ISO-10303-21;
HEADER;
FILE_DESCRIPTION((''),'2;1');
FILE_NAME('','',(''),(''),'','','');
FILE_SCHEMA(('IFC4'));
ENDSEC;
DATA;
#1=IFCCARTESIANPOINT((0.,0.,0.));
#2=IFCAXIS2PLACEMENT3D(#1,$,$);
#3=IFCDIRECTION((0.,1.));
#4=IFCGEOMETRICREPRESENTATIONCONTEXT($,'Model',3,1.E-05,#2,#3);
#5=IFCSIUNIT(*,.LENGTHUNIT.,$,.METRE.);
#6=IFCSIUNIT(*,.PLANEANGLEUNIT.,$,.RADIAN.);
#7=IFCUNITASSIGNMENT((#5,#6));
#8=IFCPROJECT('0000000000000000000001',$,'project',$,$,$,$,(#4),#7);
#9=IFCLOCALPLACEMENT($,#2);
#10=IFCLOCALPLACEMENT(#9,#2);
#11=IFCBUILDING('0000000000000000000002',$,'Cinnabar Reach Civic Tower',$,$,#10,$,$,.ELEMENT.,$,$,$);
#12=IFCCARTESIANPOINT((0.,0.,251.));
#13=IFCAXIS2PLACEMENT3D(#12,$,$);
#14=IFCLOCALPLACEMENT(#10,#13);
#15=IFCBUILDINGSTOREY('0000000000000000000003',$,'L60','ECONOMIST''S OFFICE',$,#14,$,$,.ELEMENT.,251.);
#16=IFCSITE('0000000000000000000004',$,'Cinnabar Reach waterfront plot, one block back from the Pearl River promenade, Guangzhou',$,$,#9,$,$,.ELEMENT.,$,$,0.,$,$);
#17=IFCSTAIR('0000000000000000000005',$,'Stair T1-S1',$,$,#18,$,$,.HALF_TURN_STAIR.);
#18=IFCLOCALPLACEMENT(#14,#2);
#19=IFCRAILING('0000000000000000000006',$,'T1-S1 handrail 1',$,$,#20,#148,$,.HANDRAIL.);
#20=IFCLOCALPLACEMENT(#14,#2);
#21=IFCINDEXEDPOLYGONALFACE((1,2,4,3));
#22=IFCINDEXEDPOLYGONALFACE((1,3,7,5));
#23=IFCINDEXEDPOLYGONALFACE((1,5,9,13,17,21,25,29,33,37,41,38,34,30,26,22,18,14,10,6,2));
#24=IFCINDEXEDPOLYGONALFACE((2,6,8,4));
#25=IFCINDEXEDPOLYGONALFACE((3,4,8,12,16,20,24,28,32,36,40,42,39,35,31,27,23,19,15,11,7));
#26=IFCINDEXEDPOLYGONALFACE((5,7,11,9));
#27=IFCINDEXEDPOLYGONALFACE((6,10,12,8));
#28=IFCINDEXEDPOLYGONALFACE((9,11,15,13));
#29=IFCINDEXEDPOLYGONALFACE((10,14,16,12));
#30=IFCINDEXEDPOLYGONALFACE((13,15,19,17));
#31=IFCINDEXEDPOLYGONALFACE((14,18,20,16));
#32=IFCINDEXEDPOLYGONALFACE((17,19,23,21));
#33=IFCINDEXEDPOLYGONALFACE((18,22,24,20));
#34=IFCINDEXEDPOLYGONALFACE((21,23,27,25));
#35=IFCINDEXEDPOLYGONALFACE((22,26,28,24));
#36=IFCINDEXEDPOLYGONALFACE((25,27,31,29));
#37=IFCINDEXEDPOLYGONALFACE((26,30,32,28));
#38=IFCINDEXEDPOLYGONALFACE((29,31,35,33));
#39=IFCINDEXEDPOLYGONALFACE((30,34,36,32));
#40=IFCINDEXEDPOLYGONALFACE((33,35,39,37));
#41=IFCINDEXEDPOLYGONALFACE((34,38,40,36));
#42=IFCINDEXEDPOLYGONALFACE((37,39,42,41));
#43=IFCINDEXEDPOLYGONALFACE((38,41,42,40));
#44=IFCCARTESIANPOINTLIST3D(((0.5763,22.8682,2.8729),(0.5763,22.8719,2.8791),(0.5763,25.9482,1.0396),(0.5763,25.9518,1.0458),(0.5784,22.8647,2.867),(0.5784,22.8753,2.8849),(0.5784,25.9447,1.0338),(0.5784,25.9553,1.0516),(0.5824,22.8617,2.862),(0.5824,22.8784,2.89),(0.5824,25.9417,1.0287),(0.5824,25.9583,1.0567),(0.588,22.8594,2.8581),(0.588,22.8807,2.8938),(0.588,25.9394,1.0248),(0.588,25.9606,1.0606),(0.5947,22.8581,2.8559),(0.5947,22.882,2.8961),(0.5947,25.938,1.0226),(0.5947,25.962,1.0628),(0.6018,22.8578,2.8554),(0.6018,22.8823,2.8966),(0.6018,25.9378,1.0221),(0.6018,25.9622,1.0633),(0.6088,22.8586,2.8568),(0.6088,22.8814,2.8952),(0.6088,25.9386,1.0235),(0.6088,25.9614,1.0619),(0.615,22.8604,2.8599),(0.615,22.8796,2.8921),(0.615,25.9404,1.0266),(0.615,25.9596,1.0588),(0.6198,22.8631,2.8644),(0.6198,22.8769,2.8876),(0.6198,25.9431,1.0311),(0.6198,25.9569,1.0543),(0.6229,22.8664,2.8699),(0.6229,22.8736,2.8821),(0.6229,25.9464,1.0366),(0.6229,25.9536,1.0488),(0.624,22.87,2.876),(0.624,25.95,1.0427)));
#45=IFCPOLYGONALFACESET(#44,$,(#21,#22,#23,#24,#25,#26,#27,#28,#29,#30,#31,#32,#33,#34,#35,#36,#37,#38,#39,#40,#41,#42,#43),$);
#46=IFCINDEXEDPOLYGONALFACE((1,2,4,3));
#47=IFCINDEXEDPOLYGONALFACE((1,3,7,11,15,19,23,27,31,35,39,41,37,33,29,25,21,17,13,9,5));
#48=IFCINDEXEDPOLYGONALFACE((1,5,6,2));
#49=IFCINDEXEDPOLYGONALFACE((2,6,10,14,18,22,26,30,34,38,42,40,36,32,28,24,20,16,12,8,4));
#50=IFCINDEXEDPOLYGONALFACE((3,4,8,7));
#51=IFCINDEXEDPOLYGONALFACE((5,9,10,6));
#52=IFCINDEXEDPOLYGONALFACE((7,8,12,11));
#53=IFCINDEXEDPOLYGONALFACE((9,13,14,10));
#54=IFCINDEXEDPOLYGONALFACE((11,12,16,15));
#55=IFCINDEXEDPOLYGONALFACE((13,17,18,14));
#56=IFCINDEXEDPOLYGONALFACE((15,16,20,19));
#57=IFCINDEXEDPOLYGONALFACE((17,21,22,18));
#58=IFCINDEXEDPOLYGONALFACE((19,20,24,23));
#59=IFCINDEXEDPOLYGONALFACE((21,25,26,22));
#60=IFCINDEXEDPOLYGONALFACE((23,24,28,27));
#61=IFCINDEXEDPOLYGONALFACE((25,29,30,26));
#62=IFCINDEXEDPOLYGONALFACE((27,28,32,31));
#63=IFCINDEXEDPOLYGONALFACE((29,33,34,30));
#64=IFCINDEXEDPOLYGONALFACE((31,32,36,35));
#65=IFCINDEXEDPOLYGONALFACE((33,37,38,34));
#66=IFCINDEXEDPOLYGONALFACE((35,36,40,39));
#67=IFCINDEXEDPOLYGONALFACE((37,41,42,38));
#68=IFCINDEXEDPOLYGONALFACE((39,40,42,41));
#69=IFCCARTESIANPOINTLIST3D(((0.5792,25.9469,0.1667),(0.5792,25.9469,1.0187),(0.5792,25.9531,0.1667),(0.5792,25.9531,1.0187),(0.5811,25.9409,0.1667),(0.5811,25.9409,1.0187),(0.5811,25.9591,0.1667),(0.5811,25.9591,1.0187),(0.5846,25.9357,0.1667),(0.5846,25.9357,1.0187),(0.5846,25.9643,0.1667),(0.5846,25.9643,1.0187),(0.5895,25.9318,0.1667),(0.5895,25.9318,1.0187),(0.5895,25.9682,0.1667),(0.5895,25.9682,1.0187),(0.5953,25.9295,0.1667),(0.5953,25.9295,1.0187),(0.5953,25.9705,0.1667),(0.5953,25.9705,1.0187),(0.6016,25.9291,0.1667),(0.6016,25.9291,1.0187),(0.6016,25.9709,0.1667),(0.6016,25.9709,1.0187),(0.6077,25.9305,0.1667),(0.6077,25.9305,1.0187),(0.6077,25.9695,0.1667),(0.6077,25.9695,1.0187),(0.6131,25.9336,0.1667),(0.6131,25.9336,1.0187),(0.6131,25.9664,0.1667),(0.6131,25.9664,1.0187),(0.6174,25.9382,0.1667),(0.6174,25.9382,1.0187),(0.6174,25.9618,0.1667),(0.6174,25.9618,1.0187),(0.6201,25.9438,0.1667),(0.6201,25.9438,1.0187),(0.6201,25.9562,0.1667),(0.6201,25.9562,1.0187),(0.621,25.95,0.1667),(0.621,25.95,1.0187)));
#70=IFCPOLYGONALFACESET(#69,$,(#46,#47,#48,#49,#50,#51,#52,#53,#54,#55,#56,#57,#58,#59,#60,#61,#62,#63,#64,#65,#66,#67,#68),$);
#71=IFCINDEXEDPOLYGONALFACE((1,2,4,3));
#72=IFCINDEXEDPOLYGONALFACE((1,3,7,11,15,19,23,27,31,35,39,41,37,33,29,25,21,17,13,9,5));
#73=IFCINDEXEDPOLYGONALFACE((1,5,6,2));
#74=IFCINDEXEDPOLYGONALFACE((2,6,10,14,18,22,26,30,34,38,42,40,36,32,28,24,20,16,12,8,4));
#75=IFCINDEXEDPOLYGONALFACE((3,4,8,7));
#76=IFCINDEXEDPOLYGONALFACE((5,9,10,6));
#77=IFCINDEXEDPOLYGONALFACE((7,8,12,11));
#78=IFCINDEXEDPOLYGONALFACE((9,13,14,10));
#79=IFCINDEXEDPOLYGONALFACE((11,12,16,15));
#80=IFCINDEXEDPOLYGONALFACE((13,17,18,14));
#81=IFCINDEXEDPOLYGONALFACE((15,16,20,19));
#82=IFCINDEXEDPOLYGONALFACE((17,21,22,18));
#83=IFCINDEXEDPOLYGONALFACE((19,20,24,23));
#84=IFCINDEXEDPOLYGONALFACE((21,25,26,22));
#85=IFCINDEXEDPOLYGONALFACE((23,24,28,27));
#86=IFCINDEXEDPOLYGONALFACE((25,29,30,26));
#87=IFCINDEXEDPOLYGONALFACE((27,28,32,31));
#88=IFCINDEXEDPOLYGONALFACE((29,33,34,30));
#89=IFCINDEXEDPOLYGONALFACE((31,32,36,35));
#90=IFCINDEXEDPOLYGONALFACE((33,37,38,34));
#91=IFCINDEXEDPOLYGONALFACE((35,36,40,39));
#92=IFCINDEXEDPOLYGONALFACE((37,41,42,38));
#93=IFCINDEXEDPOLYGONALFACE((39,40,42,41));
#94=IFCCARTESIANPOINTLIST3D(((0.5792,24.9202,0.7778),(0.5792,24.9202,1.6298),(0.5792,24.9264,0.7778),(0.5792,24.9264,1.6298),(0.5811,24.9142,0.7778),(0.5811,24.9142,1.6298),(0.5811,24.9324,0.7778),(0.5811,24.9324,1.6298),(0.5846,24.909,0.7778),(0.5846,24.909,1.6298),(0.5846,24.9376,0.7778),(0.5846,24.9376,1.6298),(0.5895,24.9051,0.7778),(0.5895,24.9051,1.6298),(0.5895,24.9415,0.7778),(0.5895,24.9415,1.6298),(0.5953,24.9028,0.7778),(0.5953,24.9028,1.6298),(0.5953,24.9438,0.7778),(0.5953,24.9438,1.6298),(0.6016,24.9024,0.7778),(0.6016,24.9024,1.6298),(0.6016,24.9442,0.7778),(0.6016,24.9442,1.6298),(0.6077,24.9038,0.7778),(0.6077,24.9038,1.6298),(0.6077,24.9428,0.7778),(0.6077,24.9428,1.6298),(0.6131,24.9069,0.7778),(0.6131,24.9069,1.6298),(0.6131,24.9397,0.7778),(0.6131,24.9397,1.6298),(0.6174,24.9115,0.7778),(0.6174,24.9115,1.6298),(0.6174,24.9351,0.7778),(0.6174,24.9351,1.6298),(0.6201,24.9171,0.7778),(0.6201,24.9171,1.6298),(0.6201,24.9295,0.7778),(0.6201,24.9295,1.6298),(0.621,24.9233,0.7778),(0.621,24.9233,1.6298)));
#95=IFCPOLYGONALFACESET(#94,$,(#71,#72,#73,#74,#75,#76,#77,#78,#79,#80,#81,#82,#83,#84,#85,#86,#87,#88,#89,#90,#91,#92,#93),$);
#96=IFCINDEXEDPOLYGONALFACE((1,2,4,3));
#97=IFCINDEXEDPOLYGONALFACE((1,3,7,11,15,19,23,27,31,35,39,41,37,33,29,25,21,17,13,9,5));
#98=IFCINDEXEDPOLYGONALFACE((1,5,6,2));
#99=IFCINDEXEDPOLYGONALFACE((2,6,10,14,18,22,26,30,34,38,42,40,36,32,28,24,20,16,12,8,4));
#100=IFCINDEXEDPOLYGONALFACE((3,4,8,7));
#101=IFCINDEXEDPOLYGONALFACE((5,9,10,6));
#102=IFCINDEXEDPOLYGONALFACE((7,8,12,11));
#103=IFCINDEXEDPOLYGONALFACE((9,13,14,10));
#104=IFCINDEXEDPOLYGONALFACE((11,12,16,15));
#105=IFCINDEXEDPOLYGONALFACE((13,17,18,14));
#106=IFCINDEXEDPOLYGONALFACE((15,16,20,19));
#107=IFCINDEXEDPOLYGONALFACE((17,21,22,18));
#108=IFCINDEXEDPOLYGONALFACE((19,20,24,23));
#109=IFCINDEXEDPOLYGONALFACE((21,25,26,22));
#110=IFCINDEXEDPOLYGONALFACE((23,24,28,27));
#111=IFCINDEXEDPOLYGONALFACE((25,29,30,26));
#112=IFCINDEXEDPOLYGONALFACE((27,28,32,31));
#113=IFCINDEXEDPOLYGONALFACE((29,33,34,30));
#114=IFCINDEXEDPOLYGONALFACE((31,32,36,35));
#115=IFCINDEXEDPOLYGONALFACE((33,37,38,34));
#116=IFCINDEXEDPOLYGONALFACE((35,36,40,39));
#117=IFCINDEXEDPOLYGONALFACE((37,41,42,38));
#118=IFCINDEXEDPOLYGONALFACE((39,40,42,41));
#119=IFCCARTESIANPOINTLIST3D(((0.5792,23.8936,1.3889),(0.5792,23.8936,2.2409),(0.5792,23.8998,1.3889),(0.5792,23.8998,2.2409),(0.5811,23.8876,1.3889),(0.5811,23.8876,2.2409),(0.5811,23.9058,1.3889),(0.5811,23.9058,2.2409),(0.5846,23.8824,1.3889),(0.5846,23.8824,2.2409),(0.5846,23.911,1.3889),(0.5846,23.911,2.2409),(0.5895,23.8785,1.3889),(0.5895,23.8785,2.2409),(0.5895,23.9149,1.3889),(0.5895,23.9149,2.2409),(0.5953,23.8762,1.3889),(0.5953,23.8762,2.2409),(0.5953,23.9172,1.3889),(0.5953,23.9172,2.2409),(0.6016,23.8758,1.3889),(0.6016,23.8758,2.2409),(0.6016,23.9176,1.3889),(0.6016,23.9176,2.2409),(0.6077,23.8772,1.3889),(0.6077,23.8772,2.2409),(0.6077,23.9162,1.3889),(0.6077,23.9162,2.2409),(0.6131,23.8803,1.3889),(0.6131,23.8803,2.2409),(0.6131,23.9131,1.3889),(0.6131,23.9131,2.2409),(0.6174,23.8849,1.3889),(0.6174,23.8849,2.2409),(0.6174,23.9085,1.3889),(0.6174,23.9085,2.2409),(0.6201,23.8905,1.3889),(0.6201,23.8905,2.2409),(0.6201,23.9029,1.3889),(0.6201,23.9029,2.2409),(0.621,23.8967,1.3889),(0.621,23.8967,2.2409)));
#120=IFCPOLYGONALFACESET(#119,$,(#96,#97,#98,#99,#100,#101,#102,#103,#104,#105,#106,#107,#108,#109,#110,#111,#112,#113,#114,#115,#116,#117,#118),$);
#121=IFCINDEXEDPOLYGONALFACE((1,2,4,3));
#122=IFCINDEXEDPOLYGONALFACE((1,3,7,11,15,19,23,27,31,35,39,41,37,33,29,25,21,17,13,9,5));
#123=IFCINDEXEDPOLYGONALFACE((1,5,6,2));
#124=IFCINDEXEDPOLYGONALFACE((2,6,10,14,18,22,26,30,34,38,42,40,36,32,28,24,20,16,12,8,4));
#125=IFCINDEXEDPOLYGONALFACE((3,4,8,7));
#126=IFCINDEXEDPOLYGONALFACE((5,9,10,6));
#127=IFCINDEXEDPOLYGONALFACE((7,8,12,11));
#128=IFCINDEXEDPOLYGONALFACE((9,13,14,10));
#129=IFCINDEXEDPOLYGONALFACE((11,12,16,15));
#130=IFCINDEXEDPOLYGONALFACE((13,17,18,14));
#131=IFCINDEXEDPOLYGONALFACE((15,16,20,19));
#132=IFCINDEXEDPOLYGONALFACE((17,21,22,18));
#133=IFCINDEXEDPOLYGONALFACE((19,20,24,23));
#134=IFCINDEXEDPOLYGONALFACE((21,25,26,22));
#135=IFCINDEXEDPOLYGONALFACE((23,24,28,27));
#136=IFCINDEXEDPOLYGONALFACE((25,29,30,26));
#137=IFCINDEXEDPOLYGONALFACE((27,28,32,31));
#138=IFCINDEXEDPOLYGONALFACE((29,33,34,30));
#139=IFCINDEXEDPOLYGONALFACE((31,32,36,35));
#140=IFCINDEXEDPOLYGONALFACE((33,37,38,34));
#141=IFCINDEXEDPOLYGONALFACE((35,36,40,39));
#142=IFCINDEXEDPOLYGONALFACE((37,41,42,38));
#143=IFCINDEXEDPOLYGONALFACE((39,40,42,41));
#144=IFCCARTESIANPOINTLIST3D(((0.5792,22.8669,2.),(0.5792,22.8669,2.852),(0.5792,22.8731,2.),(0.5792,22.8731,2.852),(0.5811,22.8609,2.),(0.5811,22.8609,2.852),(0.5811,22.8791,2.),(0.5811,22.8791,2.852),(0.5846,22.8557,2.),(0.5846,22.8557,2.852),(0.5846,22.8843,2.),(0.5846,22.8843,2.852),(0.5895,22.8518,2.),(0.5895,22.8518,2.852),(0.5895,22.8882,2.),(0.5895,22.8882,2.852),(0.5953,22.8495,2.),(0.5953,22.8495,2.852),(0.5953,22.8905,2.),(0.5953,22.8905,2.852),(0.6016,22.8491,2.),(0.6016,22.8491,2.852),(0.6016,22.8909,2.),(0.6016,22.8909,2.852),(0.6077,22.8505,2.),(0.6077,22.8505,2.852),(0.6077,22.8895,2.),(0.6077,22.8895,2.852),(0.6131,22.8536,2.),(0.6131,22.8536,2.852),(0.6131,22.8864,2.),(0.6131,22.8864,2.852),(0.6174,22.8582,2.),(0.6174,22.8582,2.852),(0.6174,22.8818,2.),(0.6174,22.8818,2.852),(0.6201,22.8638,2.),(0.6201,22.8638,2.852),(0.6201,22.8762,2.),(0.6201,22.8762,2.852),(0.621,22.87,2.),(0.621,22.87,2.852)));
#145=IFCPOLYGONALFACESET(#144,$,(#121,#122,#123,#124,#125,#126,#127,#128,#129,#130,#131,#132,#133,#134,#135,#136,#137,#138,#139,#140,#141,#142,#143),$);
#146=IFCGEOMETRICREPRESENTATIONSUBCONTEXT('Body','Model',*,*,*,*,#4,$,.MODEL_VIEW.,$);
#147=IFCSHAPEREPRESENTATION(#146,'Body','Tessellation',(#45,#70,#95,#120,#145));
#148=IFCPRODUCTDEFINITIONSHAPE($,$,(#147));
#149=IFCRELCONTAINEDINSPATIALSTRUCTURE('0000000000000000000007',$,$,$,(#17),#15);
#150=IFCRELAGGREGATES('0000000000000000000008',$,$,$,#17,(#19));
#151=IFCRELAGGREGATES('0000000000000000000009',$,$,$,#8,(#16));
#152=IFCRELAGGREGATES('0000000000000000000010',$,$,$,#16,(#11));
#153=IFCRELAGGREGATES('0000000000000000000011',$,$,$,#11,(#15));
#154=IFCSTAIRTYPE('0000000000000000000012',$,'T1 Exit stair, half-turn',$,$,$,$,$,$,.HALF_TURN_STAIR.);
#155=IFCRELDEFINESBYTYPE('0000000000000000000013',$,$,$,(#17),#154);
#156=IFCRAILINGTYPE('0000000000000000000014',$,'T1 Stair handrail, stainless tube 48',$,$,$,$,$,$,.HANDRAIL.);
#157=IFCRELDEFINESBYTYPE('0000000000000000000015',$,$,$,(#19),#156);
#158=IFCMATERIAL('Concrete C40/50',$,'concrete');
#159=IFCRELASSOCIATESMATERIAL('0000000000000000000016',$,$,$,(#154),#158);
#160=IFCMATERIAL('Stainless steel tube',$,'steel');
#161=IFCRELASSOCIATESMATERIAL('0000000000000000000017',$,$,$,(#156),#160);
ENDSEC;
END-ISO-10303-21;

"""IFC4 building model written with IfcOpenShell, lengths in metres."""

from ifc_helpers import new_model, si_unit, direction, frame, origin, origin_2d, place, context, subcontext, project, spatial, circle, extrude, material, type_object, element, aggregate, save


model = new_model("IFC4")

# Units and contexts
model_context = context("Model", 3, precision=1e-05, world=origin(), true_north=direction((0.0, 1.0)))
body_context = subcontext(model_context, "Body", "Model", "MODEL_VIEW")
ifc_project = project(units=[si_unit("LENGTHUNIT", "METRE"), si_unit("PLANEANGLEUNIT", "RADIAN")], contexts=[model_context])

# Site, building, storey
site_placement = place(None, origin())
site = spatial("IfcSite", under=ifc_project, at=site_placement, Name="Cinnabar Reach waterfront plot, one block back from the Pearl River promenade, Guangzhou", CompositionType="ELEMENT", RefElevation=0.0)
building_placement = place(site_placement, origin())
building = spatial("IfcBuilding", under=site, at=building_placement, Name="Cinnabar Reach Civic Tower", CompositionType="ELEMENT")
storey_placement = place(building_placement, frame((0.0, 0.0, 251.0)))
storey = spatial("IfcBuildingStorey", under=building, at=storey_placement, Name="L60", Description="ECONOMIST'S OFFICE", CompositionType="ELEMENT", Elevation=251.0)

# Shared definitions
ifc_material_1 = material(Name="Concrete C40/50", Category="concrete")

# Stair, railing
stair_type = type_object("IfcStairType", Name="T1 Exit stair, half-turn", PredefinedType="HALF_TURN_STAIR", material=ifc_material_1)
stair_placement = place(storey_placement, origin())
stair = element("IfcStair", 1, at=stair_placement, inside=storey, type_object=stair_type, Name="Stair T1-S1", PredefinedType="HALF_TURN_STAIR")
ifc_material_2 = material(Name="Stainless steel tube", Category="steel")
railing_type = type_object("IfcRailingType", Name="T1 Stair handrail, stainless tube 48", PredefinedType="HANDRAIL", material=ifc_material_2)
railing_1_placement = place(storey_placement, frame((0.6, 25.95, 0.1667)))
railing_1 = element("IfcRailing", 2, at=railing_1_placement, type_object=railing_type, Name="T1-S1 handrail 1", PredefinedType="HANDRAIL", context=body_context, shape_type="SweptSolid", body=[
    extrude(circle(Radius=0.024, at=origin_2d()), frame((0.0, 0.0, 0.876), z_axis=(0.0, -0.859297, 0.511477), x_axis=(1.0, 0.0, 0.0)), (0.0, 0.0, 1.0), 3.5843),
    extrude(circle(Radius=0.021, at=origin_2d()), origin(), (0.0, 0.0, 1.0), 0.852),
    extrude(circle(Radius=0.021, at=origin_2d()), frame((0.0, -1.0267, 0.6111)), (0.0, 0.0, 1.0), 0.852),
    extrude(circle(Radius=0.021, at=origin_2d()), frame((0.0, -2.0533, 1.2222)), (0.0, 0.0, 1.0), 0.852),
    extrude(circle(Radius=0.021, at=origin_2d()), frame((0.0, -3.08, 1.8333)), (0.0, 0.0, 1.0), 0.852),
])
aggregate(stair, [railing_1])

save(model, "model.ifc")
